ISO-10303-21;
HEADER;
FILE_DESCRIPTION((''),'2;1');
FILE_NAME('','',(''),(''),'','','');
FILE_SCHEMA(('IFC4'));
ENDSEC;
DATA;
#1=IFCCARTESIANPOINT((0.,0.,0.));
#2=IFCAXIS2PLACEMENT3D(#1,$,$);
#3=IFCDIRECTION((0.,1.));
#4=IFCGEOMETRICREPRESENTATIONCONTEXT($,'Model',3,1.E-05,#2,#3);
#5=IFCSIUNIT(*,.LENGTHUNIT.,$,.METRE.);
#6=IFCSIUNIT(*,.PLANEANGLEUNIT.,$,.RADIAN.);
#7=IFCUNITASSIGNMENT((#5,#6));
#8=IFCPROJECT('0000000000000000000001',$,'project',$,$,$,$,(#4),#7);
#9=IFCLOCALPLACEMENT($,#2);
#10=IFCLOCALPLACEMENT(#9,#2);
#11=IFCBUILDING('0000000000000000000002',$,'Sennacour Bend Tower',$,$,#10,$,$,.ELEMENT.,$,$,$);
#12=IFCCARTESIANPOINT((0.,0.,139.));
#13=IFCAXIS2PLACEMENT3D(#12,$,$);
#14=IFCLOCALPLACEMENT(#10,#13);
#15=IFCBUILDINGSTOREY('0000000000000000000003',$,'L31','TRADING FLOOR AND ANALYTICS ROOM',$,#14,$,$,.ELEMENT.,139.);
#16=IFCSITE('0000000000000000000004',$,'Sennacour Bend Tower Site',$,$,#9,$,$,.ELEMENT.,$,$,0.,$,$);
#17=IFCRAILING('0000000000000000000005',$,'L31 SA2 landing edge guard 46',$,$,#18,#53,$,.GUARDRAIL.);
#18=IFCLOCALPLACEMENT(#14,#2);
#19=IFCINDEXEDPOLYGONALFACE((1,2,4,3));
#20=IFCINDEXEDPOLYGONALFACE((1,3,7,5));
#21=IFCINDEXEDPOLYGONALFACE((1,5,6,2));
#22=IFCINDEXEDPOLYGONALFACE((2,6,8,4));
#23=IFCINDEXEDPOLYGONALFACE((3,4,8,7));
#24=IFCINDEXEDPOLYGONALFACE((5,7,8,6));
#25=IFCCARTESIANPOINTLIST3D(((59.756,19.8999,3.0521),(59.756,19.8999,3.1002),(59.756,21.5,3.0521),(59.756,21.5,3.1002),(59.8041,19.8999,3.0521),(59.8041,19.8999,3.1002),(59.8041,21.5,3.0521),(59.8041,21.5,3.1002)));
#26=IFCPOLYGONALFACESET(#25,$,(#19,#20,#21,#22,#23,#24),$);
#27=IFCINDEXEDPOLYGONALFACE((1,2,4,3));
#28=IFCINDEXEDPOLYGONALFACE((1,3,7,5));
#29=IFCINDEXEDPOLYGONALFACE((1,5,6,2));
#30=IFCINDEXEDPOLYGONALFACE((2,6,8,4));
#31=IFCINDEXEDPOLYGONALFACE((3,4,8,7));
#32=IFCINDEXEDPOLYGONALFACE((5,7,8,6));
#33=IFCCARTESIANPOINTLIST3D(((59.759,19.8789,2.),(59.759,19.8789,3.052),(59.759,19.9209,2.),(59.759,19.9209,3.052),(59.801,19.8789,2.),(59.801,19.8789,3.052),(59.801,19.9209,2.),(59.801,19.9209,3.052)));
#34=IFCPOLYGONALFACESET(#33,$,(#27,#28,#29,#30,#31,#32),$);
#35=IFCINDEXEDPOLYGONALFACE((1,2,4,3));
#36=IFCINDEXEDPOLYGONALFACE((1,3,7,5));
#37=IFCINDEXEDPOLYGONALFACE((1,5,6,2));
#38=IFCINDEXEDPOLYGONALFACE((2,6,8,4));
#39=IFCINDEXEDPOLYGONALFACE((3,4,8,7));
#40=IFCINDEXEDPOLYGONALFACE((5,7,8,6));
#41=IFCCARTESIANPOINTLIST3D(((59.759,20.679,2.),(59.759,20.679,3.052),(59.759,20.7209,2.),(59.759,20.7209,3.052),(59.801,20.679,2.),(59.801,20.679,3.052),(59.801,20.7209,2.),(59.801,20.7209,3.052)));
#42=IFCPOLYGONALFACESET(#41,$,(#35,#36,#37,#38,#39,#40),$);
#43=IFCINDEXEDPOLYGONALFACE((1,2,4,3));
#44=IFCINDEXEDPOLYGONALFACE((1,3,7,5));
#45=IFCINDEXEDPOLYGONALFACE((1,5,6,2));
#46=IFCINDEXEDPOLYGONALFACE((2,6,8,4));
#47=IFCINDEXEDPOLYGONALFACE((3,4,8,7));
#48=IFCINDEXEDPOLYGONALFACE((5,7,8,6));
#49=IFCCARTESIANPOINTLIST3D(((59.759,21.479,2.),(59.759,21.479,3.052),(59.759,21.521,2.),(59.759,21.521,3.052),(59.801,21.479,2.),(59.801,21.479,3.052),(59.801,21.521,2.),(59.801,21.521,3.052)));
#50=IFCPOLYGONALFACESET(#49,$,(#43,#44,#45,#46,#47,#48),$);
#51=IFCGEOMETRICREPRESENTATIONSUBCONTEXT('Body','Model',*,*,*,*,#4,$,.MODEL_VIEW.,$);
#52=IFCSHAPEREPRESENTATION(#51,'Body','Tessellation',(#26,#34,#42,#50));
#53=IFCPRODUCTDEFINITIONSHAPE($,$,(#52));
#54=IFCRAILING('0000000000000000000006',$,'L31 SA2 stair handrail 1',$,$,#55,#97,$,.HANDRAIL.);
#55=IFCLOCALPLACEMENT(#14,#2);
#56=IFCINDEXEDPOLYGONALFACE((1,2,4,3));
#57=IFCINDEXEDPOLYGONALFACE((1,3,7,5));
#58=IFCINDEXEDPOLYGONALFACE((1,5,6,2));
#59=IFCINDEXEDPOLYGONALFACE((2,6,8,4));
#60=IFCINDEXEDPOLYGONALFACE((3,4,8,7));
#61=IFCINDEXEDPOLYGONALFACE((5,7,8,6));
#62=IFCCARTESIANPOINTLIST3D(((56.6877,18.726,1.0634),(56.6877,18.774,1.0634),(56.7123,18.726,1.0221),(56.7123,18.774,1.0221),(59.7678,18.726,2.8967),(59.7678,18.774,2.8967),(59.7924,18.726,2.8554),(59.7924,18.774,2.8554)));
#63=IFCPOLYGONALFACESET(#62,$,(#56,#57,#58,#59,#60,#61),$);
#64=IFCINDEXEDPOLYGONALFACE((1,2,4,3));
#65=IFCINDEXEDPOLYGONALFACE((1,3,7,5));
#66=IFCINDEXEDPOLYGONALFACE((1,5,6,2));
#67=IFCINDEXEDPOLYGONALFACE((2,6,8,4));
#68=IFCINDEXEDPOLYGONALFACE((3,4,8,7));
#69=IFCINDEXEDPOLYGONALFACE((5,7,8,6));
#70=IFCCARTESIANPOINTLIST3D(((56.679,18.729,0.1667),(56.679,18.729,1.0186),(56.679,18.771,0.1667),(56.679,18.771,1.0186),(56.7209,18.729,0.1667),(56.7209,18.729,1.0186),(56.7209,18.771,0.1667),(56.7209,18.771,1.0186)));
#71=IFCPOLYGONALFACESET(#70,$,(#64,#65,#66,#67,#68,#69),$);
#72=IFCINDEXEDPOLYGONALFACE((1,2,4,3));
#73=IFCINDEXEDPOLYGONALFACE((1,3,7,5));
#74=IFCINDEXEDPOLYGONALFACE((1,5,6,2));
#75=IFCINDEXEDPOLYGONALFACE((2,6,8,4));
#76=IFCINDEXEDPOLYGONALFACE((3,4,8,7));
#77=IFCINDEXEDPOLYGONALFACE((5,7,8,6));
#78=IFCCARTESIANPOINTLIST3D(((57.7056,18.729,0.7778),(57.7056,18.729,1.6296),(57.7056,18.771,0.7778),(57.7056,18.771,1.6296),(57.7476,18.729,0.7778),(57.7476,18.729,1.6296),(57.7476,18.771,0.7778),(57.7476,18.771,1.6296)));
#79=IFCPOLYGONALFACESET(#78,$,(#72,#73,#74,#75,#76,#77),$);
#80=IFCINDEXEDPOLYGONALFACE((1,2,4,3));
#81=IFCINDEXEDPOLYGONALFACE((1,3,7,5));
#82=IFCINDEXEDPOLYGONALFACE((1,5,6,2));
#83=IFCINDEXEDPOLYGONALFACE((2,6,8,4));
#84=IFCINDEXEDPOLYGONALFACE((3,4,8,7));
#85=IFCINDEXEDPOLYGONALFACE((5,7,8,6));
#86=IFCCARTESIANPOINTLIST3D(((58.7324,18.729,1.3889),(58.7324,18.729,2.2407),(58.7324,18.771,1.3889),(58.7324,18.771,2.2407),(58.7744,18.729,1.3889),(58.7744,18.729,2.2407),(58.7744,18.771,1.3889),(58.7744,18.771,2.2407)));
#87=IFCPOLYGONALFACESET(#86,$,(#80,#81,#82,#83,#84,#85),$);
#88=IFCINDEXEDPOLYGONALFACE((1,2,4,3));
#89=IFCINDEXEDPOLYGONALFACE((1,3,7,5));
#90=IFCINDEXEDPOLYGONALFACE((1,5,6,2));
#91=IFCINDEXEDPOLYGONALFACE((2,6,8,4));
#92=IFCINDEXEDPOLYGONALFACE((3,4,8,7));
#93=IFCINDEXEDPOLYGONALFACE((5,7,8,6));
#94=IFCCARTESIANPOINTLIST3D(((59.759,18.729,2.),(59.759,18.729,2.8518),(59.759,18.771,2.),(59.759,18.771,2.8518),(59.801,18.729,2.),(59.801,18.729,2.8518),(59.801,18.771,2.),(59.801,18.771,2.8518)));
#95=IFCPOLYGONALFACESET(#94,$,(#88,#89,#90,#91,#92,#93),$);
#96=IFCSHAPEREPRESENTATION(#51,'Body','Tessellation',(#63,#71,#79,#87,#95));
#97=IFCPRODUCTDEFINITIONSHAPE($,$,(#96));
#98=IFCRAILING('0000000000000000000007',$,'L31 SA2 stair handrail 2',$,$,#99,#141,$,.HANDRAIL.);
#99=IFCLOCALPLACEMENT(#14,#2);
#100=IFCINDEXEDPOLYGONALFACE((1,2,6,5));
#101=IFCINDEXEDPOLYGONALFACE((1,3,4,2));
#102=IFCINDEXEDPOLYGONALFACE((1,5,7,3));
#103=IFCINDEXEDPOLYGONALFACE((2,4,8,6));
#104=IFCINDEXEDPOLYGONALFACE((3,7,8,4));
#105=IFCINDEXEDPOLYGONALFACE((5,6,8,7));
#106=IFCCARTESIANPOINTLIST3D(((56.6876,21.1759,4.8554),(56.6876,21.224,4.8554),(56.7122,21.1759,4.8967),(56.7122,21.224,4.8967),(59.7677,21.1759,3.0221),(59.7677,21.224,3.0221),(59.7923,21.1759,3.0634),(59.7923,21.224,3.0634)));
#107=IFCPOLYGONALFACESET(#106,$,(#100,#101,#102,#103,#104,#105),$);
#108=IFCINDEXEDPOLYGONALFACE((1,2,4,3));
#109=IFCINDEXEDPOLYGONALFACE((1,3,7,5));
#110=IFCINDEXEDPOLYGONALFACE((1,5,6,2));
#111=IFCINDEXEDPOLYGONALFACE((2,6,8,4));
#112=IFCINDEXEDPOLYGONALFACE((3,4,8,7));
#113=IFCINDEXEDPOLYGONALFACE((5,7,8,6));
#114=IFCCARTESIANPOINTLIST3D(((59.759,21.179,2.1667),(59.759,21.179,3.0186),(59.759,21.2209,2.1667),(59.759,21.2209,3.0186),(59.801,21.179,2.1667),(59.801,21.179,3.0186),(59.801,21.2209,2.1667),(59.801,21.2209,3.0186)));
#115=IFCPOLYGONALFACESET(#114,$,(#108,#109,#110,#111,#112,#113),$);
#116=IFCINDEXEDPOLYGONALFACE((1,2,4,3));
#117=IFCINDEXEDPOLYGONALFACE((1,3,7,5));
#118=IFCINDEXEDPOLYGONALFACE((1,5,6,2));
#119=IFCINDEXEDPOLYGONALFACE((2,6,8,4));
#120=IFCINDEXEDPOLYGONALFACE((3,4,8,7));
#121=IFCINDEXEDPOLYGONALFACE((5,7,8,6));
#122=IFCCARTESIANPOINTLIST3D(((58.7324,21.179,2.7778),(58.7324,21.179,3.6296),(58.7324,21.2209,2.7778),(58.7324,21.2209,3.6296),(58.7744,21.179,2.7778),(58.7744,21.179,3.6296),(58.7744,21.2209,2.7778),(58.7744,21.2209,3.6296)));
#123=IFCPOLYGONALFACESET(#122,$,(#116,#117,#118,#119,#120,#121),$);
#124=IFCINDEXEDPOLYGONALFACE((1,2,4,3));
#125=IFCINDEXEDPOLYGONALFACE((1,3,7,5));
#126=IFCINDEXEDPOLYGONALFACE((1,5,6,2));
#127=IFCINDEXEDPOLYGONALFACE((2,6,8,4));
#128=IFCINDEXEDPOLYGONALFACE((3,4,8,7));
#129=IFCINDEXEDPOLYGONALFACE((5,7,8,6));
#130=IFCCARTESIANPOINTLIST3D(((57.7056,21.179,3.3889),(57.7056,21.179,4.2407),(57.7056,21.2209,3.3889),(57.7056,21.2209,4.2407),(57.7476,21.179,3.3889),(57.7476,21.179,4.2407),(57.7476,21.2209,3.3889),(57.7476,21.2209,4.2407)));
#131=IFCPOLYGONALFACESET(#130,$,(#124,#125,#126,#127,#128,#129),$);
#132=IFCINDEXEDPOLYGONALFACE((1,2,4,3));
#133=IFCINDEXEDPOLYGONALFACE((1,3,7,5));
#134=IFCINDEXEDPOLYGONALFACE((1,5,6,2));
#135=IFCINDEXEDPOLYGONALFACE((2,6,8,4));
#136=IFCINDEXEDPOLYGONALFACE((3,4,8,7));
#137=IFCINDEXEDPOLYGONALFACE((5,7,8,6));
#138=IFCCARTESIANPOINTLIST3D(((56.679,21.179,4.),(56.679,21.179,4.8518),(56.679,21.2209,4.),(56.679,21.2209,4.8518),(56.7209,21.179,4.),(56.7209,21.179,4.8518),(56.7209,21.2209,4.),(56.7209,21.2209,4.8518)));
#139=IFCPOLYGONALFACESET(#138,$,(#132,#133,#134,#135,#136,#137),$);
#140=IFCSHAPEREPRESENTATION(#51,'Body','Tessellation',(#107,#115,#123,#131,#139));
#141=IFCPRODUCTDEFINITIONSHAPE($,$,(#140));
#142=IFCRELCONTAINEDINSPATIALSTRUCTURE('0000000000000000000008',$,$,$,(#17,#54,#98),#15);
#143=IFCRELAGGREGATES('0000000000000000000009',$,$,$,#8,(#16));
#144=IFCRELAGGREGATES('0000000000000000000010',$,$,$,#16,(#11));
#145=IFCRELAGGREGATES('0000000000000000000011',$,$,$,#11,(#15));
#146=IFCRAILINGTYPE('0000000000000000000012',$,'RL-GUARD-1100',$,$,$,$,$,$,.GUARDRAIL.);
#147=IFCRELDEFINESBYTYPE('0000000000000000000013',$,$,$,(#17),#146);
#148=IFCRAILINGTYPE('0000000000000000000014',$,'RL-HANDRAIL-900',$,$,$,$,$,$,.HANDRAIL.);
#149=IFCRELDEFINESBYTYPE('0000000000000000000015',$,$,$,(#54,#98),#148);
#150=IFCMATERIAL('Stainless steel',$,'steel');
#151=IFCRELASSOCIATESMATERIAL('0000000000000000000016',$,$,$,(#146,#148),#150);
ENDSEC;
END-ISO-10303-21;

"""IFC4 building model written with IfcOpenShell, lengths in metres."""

from ifc_helpers import new_model, si_unit, direction, frame, origin, origin_2d, place, context, subcontext, project, spatial, rectangle, extrude, material, type_object, element, save


model = new_model("IFC4")

# Units and contexts
model_context = context("Model", 3, precision=1e-05, world=origin(), true_north=direction((0.0, 1.0)))
body_context = subcontext(model_context, "Body", "Model", "MODEL_VIEW")
ifc_project = project(units=[si_unit("LENGTHUNIT", "METRE"), si_unit("PLANEANGLEUNIT", "RADIAN")], contexts=[model_context])

# Site, building, storey
site_placement = place(None, origin())
site = spatial("IfcSite", under=ifc_project, at=site_placement, Name="Sennacour Bend Tower Site", CompositionType="ELEMENT", RefElevation=0.0)
building_placement = place(site_placement, origin())
building = spatial("IfcBuilding", under=site, at=building_placement, Name="Sennacour Bend Tower", CompositionType="ELEMENT")
storey_placement = place(building_placement, frame((0.0, 0.0, 139.0)))
storey = spatial("IfcBuildingStorey", under=building, at=storey_placement, Name="L31", Description="TRADING FLOOR AND ANALYTICS ROOM", CompositionType="ELEMENT", Elevation=139.0)

# Railings
ifc_material_1 = material(Name="Stainless steel", Category="steel")
railing_type_1 = type_object("IfcRailingType", Name="RL-GUARD-1100", PredefinedType="GUARDRAIL", material=ifc_material_1)
railing_1_placement = place(storey_placement, frame((59.78, 19.8999, 2.0)))
element("IfcRailing", 1, at=railing_1_placement, inside=storey, type_object=railing_type_1, Name="L31 SA2 landing edge guard 46", PredefinedType="GUARDRAIL", context=body_context, shape_type="SweptSolid", body=[
    extrude(rectangle(XDim=0.0481, YDim=0.0481, at=origin_2d()), frame((0.0, 0.0, 1.0762), z_axis=(0.0, 1.0, 0.0), x_axis=(-1.0, 0.0, 0.0)), (0.0, 0.0, 1.0), 1.6001),
    extrude(rectangle(XDim=0.042, YDim=0.042, at=origin_2d()), origin(), (0.0, 0.0, 1.0), 1.052),
    extrude(rectangle(XDim=0.042, YDim=0.042, at=origin_2d()), frame((0.0, 0.8, 0.0)), (0.0, 0.0, 1.0), 1.052),
    extrude(rectangle(XDim=0.042, YDim=0.042, at=origin_2d()), frame((0.0, 1.6001, 0.0)), (0.0, 0.0, 1.0), 1.052),
])
railing_type_2 = type_object("IfcRailingType", Name="RL-HANDRAIL-900", PredefinedType="HANDRAIL", material=ifc_material_1)
railing_2_placement = place(storey_placement, frame((56.7, 18.75, 0.1667)))
element("IfcRailing", 2, at=railing_2_placement, inside=storey, type_object=railing_type_2, Name="L31 SA2 stair handrail 1", PredefinedType="HANDRAIL", context=body_context, shape_type="SweptSolid", body=[
    extrude(rectangle(XDim=0.0481, YDim=0.0481, at=origin_2d()), frame((0.0, 0.0, 0.876), z_axis=(0.859309, 0.0, 0.511458), x_axis=(0.0, 1.0, 0.0)), (0.0, 0.0, 1.0), 3.5845),
    extrude(rectangle(XDim=0.042, YDim=0.042, at=origin_2d()), origin(), (0.0, 0.0, 1.0), 0.8518),
    extrude(rectangle(XDim=0.042, YDim=0.042, at=origin_2d()), frame((1.0266, 0.0, 0.6111)), (0.0, 0.0, 1.0), 0.8518),
    extrude(rectangle(XDim=0.042, YDim=0.042, at=origin_2d()), frame((2.0535, 0.0, 1.2222)), (0.0, 0.0, 1.0), 0.8518),
    extrude(rectangle(XDim=0.042, YDim=0.042, at=origin_2d()), frame((3.0801, 0.0, 1.8333)), (0.0, 0.0, 1.0), 0.8518),
])
railing_3_placement = place(storey_placement, frame((59.78, 21.2, 2.1667)))
element("IfcRailing", 3, at=railing_3_placement, inside=storey, type_object=railing_type_2, Name="L31 SA2 stair handrail 2", PredefinedType="HANDRAIL", context=body_context, shape_type="SweptSolid", body=[
    extrude(rectangle(XDim=0.0481, YDim=0.0481, at=origin_2d()), frame((0.0, 0.0, 0.876), z_axis=(-0.859309, 0.0, 0.511458), x_axis=(0.0, -1.0, 0.0)), (0.0, 0.0, 1.0), 3.5845),
    extrude(rectangle(XDim=0.042, YDim=0.042, at=origin_2d()), origin(), (0.0, 0.0, 1.0), 0.8518),
    extrude(rectangle(XDim=0.042, YDim=0.042, at=origin_2d()), frame((-1.0266, 0.0, 0.6111)), (0.0, 0.0, 1.0), 0.8518),
    extrude(rectangle(XDim=0.042, YDim=0.042, at=origin_2d()), frame((-2.0535, 0.0, 1.2222)), (0.0, 0.0, 1.0), 0.8518),
    extrude(rectangle(XDim=0.042, YDim=0.042, at=origin_2d()), frame((-3.0801, 0.0, 1.8333)), (0.0, 0.0, 1.0), 0.8518),
])

save(model, "model.ifc")
